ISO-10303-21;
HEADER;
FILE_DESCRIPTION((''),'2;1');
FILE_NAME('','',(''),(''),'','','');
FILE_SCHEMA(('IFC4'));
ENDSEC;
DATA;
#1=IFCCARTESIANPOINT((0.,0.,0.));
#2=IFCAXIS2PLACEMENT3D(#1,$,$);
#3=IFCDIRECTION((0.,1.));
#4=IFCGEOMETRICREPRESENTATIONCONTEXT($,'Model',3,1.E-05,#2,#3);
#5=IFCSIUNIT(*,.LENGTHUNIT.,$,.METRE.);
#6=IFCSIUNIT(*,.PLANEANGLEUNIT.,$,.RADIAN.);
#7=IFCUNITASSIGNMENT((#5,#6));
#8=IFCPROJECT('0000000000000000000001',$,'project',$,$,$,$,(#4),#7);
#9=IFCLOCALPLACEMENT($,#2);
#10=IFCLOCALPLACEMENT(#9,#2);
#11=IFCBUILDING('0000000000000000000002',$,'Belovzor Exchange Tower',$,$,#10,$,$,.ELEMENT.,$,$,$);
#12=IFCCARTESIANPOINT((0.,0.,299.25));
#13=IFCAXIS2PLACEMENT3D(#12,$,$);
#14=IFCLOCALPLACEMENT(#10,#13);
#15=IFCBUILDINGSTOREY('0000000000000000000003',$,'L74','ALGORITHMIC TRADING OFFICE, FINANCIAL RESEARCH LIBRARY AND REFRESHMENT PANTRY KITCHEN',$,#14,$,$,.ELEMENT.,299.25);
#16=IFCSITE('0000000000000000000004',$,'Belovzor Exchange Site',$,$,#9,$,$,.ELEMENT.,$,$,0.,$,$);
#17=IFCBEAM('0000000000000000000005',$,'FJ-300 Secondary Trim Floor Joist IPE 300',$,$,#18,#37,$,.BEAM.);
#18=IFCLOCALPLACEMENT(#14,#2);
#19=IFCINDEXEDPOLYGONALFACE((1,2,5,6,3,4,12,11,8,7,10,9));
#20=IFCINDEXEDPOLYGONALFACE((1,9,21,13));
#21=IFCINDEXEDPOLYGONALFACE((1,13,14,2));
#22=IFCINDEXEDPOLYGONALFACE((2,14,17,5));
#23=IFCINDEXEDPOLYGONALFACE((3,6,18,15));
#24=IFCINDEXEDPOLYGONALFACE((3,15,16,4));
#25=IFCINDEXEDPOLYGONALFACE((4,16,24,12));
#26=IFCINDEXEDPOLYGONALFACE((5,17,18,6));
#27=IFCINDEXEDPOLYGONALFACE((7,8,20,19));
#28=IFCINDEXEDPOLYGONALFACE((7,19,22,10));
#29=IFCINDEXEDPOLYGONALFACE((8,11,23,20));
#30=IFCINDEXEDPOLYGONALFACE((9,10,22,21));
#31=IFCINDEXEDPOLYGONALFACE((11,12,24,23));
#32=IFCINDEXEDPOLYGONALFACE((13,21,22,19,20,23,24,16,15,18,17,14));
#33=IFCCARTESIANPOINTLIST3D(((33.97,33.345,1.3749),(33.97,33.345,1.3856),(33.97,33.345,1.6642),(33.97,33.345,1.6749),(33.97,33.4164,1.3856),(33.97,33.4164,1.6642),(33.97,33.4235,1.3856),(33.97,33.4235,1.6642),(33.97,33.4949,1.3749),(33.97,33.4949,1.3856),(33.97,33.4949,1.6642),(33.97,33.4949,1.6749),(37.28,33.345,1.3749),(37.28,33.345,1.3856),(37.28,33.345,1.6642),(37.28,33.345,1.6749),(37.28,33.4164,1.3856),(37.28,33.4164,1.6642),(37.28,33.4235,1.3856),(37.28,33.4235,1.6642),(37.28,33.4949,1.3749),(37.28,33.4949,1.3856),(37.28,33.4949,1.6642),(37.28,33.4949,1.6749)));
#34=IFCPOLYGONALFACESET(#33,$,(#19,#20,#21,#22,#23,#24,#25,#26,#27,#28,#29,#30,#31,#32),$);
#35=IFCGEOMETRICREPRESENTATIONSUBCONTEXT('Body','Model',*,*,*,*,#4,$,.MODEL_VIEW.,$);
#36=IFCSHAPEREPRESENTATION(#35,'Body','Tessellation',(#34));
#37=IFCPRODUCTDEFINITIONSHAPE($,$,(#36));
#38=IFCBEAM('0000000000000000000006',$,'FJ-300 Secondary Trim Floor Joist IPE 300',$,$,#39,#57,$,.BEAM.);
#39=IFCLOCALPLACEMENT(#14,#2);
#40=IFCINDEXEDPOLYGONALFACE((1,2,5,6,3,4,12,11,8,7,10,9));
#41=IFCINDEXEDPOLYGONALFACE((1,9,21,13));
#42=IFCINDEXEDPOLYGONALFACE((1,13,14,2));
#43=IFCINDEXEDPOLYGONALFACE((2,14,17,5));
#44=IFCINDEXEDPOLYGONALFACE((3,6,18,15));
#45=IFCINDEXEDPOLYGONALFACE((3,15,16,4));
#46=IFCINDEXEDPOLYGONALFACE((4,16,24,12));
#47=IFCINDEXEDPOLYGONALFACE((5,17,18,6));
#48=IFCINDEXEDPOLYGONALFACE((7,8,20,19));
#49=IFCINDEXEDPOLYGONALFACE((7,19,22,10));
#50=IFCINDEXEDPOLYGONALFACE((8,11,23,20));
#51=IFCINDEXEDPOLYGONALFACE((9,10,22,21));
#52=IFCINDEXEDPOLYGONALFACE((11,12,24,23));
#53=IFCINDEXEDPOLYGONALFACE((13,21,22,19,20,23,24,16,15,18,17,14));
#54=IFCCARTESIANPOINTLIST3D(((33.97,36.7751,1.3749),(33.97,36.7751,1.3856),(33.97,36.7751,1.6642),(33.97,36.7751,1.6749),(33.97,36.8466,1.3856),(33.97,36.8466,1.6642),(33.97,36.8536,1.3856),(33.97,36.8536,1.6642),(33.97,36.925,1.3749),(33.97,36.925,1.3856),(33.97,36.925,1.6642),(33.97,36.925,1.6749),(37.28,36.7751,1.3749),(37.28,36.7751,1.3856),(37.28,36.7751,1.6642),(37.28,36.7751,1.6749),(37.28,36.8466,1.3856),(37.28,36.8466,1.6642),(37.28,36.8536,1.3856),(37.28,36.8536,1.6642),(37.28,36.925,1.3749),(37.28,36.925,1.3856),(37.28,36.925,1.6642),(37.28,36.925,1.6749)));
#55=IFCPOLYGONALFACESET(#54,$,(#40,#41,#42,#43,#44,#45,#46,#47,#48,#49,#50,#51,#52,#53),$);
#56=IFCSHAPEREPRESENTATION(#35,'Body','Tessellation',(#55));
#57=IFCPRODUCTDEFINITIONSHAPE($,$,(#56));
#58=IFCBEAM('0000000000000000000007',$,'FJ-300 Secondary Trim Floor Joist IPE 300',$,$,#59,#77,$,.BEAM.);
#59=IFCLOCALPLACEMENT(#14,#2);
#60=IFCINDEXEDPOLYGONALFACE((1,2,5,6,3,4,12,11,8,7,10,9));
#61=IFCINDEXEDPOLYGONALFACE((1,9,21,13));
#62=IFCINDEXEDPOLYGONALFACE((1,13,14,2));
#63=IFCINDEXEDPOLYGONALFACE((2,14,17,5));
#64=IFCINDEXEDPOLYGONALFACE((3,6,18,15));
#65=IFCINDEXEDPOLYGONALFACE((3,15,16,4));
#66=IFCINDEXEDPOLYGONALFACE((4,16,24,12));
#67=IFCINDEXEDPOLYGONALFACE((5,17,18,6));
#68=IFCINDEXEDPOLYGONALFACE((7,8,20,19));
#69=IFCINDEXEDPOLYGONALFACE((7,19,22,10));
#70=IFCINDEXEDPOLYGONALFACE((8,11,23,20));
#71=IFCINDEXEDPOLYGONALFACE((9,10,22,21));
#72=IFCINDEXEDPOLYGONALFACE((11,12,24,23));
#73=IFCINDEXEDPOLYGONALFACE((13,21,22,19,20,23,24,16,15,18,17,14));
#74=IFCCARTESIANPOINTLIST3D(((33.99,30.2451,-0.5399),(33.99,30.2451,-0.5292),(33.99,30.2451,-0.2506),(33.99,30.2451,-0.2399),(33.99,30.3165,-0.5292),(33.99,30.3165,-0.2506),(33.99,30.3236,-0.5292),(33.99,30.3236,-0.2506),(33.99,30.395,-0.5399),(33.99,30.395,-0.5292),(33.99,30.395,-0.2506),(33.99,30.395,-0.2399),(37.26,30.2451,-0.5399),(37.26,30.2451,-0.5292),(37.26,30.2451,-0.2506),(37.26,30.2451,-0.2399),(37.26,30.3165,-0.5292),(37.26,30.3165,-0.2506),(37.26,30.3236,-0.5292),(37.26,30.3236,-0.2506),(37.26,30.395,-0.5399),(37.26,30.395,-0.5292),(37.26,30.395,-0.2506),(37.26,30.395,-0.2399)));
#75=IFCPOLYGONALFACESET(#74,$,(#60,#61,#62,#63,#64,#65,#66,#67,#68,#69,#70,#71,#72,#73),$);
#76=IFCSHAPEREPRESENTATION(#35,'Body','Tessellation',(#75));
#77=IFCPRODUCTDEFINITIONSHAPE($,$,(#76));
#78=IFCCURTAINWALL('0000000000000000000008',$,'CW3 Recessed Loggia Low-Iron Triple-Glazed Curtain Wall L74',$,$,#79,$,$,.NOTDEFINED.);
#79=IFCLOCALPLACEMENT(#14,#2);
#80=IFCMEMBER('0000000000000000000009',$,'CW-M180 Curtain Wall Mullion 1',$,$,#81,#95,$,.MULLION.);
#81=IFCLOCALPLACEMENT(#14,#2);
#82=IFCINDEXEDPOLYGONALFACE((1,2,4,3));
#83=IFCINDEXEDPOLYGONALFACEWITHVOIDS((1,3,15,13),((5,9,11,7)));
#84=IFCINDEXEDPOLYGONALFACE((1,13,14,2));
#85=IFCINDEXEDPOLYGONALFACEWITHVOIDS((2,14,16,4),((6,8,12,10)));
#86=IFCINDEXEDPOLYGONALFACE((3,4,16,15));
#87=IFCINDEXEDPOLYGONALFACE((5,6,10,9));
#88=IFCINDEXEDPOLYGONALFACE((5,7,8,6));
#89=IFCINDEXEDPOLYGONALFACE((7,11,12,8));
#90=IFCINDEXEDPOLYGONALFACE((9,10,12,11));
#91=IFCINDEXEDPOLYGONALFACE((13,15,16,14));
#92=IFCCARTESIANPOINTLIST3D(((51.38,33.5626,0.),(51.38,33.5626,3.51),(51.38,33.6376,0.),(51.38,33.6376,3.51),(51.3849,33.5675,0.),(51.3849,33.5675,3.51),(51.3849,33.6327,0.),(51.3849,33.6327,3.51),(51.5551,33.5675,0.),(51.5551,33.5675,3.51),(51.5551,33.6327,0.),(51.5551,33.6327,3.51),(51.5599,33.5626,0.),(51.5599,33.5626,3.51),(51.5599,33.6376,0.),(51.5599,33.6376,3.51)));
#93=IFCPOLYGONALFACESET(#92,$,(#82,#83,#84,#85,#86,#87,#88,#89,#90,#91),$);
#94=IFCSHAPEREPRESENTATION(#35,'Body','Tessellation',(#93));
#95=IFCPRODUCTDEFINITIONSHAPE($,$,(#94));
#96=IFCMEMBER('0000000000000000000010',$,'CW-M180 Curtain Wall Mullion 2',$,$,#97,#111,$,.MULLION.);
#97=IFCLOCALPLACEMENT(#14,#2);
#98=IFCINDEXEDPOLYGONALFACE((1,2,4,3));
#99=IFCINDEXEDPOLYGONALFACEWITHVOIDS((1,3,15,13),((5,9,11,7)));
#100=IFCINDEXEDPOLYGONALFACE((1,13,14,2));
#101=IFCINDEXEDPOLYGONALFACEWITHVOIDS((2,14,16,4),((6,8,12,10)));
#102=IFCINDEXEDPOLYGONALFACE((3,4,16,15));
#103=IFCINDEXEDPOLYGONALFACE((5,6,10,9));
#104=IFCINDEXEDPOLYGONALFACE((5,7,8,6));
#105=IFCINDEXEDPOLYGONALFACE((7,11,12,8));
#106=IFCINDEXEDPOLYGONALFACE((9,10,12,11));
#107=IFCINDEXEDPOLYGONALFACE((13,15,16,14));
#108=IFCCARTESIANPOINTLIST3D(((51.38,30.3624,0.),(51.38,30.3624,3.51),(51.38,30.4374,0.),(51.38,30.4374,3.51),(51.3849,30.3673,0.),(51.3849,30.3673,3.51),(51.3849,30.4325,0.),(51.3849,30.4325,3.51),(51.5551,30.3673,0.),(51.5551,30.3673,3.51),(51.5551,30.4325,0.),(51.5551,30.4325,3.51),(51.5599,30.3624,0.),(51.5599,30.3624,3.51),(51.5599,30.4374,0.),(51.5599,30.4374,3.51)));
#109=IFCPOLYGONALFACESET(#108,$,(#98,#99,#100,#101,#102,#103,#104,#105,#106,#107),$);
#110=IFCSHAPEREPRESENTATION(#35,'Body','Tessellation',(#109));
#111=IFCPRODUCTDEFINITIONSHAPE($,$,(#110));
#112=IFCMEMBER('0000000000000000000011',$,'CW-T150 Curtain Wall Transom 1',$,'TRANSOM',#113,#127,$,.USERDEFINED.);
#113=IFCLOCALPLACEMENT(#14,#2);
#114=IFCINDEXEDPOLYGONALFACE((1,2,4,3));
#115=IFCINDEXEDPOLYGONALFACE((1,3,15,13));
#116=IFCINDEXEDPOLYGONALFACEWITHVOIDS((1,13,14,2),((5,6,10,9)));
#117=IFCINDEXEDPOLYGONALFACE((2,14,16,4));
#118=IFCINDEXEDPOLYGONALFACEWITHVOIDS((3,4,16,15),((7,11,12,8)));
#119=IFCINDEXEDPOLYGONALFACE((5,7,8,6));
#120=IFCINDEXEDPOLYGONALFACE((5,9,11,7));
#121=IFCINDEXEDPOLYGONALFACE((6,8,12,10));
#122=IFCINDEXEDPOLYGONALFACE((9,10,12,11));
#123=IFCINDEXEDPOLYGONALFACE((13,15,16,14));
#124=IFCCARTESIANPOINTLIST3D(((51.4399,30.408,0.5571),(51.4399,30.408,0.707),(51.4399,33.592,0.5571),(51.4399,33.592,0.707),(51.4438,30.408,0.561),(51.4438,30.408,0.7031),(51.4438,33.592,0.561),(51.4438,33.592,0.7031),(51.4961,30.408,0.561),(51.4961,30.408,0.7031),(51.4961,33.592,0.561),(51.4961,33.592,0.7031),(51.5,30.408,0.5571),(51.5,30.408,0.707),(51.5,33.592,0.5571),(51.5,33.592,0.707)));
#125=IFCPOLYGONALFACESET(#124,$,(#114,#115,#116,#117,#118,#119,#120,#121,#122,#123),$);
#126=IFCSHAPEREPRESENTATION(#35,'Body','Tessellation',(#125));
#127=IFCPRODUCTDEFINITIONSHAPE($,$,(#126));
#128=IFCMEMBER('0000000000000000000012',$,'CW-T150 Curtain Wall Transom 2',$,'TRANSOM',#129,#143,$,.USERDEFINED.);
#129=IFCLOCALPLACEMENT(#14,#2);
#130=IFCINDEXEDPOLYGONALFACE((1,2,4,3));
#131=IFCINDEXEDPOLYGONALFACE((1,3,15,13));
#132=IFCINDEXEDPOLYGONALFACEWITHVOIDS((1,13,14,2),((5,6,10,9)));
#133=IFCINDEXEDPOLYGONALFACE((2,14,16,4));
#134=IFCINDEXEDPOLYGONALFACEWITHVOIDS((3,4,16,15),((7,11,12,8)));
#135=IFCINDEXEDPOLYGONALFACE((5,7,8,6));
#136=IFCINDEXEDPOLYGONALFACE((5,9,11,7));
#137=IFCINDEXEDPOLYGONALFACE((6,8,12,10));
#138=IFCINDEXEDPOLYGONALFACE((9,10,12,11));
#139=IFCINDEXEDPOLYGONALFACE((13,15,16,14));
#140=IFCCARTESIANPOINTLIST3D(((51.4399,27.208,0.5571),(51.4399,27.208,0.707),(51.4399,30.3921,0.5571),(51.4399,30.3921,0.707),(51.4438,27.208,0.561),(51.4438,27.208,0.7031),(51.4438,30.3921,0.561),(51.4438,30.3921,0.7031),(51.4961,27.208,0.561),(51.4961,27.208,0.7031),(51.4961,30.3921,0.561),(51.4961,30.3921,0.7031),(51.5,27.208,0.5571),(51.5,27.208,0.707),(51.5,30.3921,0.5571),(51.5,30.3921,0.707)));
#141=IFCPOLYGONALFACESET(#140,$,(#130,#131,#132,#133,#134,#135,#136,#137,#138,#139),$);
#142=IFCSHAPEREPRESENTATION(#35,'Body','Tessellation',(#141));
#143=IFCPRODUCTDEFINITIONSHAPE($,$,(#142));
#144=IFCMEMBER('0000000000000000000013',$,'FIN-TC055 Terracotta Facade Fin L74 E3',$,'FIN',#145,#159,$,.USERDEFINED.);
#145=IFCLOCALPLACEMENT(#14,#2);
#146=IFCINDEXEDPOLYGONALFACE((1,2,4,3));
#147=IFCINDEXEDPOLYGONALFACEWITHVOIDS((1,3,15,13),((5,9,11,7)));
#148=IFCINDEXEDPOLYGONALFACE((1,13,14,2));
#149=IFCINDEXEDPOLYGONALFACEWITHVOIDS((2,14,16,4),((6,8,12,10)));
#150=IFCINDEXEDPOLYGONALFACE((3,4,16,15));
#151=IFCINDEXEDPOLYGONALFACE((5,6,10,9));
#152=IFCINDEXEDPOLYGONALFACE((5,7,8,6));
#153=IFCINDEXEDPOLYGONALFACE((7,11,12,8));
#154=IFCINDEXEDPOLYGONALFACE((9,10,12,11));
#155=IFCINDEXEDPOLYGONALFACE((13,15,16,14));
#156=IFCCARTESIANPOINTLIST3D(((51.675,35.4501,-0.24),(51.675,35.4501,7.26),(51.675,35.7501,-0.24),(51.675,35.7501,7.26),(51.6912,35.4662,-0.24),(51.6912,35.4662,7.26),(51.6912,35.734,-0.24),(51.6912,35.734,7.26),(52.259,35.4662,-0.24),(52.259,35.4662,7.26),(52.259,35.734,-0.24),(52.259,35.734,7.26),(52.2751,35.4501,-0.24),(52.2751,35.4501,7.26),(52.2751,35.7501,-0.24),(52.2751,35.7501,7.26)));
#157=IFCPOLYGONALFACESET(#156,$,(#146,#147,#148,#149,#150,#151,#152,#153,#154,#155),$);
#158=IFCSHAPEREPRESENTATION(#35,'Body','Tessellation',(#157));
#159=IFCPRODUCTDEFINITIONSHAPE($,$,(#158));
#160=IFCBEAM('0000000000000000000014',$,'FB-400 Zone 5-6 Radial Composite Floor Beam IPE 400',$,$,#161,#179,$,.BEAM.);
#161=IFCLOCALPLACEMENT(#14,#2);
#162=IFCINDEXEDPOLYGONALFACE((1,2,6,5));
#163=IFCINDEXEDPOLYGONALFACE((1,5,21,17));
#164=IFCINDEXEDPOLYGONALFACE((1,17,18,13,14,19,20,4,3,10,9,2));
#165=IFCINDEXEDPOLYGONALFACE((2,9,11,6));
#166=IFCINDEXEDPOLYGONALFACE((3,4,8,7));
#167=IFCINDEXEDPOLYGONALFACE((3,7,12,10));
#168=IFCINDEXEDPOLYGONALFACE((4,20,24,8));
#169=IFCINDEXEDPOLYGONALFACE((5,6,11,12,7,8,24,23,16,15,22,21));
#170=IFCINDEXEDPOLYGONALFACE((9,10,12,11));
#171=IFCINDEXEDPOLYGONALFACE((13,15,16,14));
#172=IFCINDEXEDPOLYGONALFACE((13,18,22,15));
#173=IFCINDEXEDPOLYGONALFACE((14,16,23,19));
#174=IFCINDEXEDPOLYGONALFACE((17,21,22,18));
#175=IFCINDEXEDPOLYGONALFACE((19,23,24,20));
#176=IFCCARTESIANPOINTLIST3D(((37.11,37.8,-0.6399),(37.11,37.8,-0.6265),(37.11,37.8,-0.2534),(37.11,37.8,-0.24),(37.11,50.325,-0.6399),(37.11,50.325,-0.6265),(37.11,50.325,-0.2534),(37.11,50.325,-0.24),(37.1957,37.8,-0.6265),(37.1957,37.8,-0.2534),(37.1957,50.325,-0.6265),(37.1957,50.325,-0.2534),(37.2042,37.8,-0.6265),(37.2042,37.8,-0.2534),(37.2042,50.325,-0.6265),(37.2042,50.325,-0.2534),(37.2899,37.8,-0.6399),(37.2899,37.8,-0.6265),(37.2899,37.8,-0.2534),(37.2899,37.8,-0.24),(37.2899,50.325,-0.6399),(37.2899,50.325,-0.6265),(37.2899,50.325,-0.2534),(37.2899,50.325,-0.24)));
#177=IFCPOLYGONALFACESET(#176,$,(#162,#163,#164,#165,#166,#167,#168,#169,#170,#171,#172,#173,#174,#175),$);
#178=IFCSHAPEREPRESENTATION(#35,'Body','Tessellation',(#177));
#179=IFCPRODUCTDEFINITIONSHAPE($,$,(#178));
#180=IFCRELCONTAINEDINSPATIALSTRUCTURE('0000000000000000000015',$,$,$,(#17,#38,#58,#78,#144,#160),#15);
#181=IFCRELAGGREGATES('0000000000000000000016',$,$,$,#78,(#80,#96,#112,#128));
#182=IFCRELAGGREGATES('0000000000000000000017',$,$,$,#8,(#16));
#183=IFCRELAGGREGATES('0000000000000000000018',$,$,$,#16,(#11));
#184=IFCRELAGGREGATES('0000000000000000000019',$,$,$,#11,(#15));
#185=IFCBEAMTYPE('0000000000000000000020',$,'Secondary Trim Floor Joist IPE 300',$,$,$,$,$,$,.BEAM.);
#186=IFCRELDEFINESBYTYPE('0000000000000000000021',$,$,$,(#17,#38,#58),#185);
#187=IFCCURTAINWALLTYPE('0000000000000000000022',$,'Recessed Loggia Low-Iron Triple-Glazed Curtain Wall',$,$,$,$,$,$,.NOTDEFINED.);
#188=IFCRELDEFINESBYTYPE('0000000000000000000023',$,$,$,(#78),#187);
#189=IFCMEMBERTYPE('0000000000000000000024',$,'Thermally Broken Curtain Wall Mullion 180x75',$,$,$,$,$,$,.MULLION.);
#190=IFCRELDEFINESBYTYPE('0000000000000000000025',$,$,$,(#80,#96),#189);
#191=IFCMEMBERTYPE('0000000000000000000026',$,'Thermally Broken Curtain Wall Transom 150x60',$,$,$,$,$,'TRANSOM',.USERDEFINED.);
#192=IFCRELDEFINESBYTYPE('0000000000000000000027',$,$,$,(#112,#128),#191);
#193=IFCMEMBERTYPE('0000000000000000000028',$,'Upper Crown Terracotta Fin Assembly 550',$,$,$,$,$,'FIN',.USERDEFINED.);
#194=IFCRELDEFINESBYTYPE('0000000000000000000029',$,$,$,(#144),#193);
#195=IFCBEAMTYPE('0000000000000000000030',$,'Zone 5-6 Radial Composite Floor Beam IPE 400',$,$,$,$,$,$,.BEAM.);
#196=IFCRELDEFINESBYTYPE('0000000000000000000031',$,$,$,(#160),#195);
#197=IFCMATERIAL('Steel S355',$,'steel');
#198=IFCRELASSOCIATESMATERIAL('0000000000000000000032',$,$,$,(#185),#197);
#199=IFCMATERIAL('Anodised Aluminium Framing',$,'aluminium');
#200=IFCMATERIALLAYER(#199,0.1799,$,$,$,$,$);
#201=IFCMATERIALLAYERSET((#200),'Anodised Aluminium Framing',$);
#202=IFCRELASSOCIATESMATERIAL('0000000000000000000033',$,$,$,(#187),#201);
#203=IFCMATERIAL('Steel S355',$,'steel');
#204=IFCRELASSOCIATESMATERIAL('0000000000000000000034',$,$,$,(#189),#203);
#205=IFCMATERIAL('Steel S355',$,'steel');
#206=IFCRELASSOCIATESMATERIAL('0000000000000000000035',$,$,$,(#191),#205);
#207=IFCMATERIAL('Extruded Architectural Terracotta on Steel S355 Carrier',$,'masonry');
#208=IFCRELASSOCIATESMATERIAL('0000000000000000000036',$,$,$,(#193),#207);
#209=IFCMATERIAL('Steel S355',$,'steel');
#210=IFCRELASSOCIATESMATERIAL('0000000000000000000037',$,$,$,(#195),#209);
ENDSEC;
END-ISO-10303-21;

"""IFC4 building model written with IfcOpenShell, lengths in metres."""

from ifc_helpers import new_model, si_unit, direction, frame, origin, origin_2d, place, context, subcontext, project, spatial, hollow_rectangle, i_section, extrude, material, layer, layer_set, material_profile, profile_set, type_object, element, aggregate, save


model = new_model("IFC4")

# Units and contexts
model_context = context("Model", 3, precision=1e-05, world=origin(), true_north=direction((0.0, 1.0)))
body_context = subcontext(model_context, "Body", "Model", "MODEL_VIEW")
ifc_project = project(units=[si_unit("LENGTHUNIT", "METRE"), si_unit("PLANEANGLEUNIT", "RADIAN")], contexts=[model_context])

# Site, building, storey
site_placement = place(None, origin())
site = spatial("IfcSite", under=ifc_project, at=site_placement, Name="Belovzor Exchange Site", CompositionType="ELEMENT", RefElevation=0.0)
building_placement = place(site_placement, origin())
building = spatial("IfcBuilding", under=site, at=building_placement, Name="Belovzor Exchange Tower", CompositionType="ELEMENT")
storey_placement = place(building_placement, frame((0.0, 0.0, 299.25)))
storey = spatial("IfcBuildingStorey", under=building, at=storey_placement, Name="L74", Description="ALGORITHMIC TRADING OFFICE, FINANCIAL RESEARCH LIBRARY AND REFRESHMENT PANTRY KITCHEN", CompositionType="ELEMENT", Elevation=299.25)

# Beams
ifc_material_1 = material(Name="Steel S355", Category="steel")
ifc_material_profile_1 = material_profile(ifc_material_1, i_section(OverallWidth=0.1499, OverallDepth=0.3, WebThickness=0.0071, FlangeThickness=0.0107, at=origin_2d()))
ifc_profile_set_1 = profile_set([ifc_material_profile_1], Name="Steel S355")
beam_type_1 = type_object("IfcBeamType", Name="Secondary Trim Floor Joist IPE 300", PredefinedType="BEAM", material=ifc_profile_set_1)
for number, where, z_axis, x_axis, name in (
    (1, (37.28, 33.4199, 1.5249), (-1.0, 0.0, 0.0), (0.0, -1.0, 0.0), "FJ-300 Secondary Trim Floor Joist IPE 300"),
    (2, (37.28, 36.8501, 1.5249), (-1.0, 0.0, 0.0), (0.0, -1.0, 0.0), "FJ-300 Secondary Trim Floor Joist IPE 300"),
):
    element("IfcBeam", number, at=place(storey_placement, frame(where, z_axis=z_axis, x_axis=x_axis)), inside=storey, type_object=beam_type_1, Name=name, PredefinedType="BEAM", context=body_context, shape_type="SweptSolid", body=[
        extrude(i_section(OverallWidth=0.1499, OverallDepth=0.3, WebThickness=0.0071, FlangeThickness=0.0107, at=origin_2d()), origin(), (0.0, 0.0, 1.0), 3.3101),
    ])
beam_1_placement = place(storey_placement, frame((37.26, 30.3201, -0.3899), z_axis=(-1.0, 0.0, 0.0), x_axis=(0.0, -1.0, 0.0)))
element("IfcBeam", 3, at=beam_1_placement, inside=storey, type_object=beam_type_1, Name="FJ-300 Secondary Trim Floor Joist IPE 300", PredefinedType="BEAM", context=body_context, shape_type="SweptSolid", body=[
    extrude(i_section(OverallWidth=0.1499, OverallDepth=0.3, WebThickness=0.0071, FlangeThickness=0.0107, at=origin_2d()), origin(), (0.0, 0.0, 1.0), 3.27),
])

# Curtain wall, members
ifc_material_2 = material(Name="Anodised Aluminium Framing", Category="aluminium")
ifc_layer_1 = layer(ifc_material_2, 0.1799)
ifc_layer_set_1 = layer_set([ifc_layer_1], Name="Anodised Aluminium Framing")
curtain_wall_type = type_object("IfcCurtainWallType", Name="Recessed Loggia Low-Iron Triple-Glazed Curtain Wall", PredefinedType="NOTDEFINED", material=ifc_layer_set_1)
curtain_wall_placement = place(storey_placement, origin())
curtain_wall = element("IfcCurtainWall", 4, at=curtain_wall_placement, inside=storey, type_object=curtain_wall_type, Name="CW3 Recessed Loggia Low-Iron Triple-Glazed Curtain Wall L74", PredefinedType="NOTDEFINED")
ifc_material_3 = material(Name="Steel S355", Category="steel")
ifc_material_profile_2 = material_profile(ifc_material_3, hollow_rectangle(XDim=0.075, YDim=0.1799, WallThickness=0.0049, at=origin_2d()))
ifc_profile_set_2 = profile_set([ifc_material_profile_2], Name="Steel S355")
member_type_1 = type_object("IfcMemberType", Name="Thermally Broken Curtain Wall Mullion 180x75", PredefinedType="MULLION", material=ifc_profile_set_2)
member_1_placement = place(storey_placement, frame((51.47, 33.6001, 0.0), z_axis=(0.0, 0.0, 1.0), x_axis=(0.0, -1.0, 0.0)))
member_1 = element("IfcMember", 5, at=member_1_placement, type_object=member_type_1, Name="CW-M180 Curtain Wall Mullion 1", PredefinedType="MULLION", context=body_context, shape_type="SweptSolid", body=[
    extrude(hollow_rectangle(XDim=0.075, YDim=0.1799, WallThickness=0.0049, at=origin_2d()), origin(), (0.0, 0.0, 1.0), 3.51),
])
member_2_placement = place(storey_placement, frame((51.47, 30.3999, 0.0), z_axis=(0.0, 0.0, 1.0), x_axis=(0.0, -1.0, 0.0)))
member_2 = element("IfcMember", 6, at=member_2_placement, type_object=member_type_1, Name="CW-M180 Curtain Wall Mullion 2", PredefinedType="MULLION", context=body_context, shape_type="SweptSolid", body=[
    extrude(hollow_rectangle(XDim=0.075, YDim=0.1799, WallThickness=0.0049, at=origin_2d()), origin(), (0.0, 0.0, 1.0), 3.51),
])
ifc_material_4 = material(Name="Steel S355", Category="steel")
ifc_material_profile_3 = material_profile(ifc_material_4, hollow_rectangle(XDim=0.0601, YDim=0.1499, WallThickness=0.0039, at=origin_2d()))
ifc_profile_set_3 = profile_set([ifc_material_profile_3], Name="Steel S355")
member_type_2 = type_object("IfcMemberType", Name="Thermally Broken Curtain Wall Transom 150x60", ElementType="TRANSOM", PredefinedType="USERDEFINED", material=ifc_profile_set_3)
member_3_placement = place(storey_placement, frame((51.47, 33.592, 0.6321), z_axis=(0.0, -1.0, 0.0), x_axis=(1.0, 0.0, 0.0)))
member_3 = element("IfcMember", 7, at=member_3_placement, type_object=member_type_2, Name="CW-T150 Curtain Wall Transom 1", ObjectType="TRANSOM", PredefinedType="USERDEFINED", context=body_context, shape_type="SweptSolid", body=[
    extrude(hollow_rectangle(XDim=0.0601, YDim=0.1499, WallThickness=0.0039, at=origin_2d()), origin(), (0.0, 0.0, 1.0), 3.1841),
])
member_4_placement = place(storey_placement, frame((51.47, 30.3921, 0.6321), z_axis=(0.0, -1.0, 0.0), x_axis=(1.0, 0.0, 0.0)))
member_4 = element("IfcMember", 8, at=member_4_placement, type_object=member_type_2, Name="CW-T150 Curtain Wall Transom 2", ObjectType="TRANSOM", PredefinedType="USERDEFINED", context=body_context, shape_type="SweptSolid", body=[
    extrude(hollow_rectangle(XDim=0.0601, YDim=0.1499, WallThickness=0.0039, at=origin_2d()), origin(), (0.0, 0.0, 1.0), 3.1841),
])

# Member
ifc_material_5 = material(Name="Extruded Architectural Terracotta on Steel S355 Carrier", Category="masonry")
ifc_material_profile_4 = material_profile(ifc_material_5, hollow_rectangle(XDim=0.3, YDim=0.6001, WallThickness=0.0161, at=origin_2d()))
ifc_profile_set_4 = profile_set([ifc_material_profile_4], Name="Extruded Architectural Terracotta on Steel S355 Carrier")
member_type_3 = type_object("IfcMemberType", Name="Upper Crown Terracotta Fin Assembly 550", ElementType="FIN", PredefinedType="USERDEFINED", material=ifc_profile_set_4)
member_5_placement = place(storey_placement, frame((51.9751, 35.6001, -0.24), z_axis=(0.0, 0.0, 1.0), x_axis=(0.0, 1.0, 0.0)))
element("IfcMember", 9, at=member_5_placement, inside=storey, type_object=member_type_3, Name="FIN-TC055 Terracotta Facade Fin L74 E3", ObjectType="FIN", PredefinedType="USERDEFINED", context=body_context, shape_type="SweptSolid", body=[
    extrude(hollow_rectangle(XDim=0.3, YDim=0.6001, WallThickness=0.0161, at=origin_2d()), origin(), (0.0, 0.0, 1.0), 7.5),
])

# Beam
ifc_material_6 = material(Name="Steel S355", Category="steel")
ifc_material_profile_5 = material_profile(ifc_material_6, i_section(OverallWidth=0.1799, OverallDepth=0.3999, WebThickness=0.0085, FlangeThickness=0.0134, at=origin_2d()))
ifc_profile_set_5 = profile_set([ifc_material_profile_5], Name="Steel S355")
beam_type_2 = type_object("IfcBeamType", Name="Zone 5-6 Radial Composite Floor Beam IPE 400", PredefinedType="BEAM", material=ifc_profile_set_5)
for number, where, z_axis, x_axis, name in (
    (10, (37.2, 37.8, -0.4399), (0.0, 1.0, 0.0), (-1.0, 0.0, 0.0), "FB-400 Zone 5-6 Radial Composite Floor Beam IPE 400"),
):
    element("IfcBeam", number, at=place(storey_placement, frame(where, z_axis=z_axis, x_axis=x_axis)), inside=storey, type_object=beam_type_2, Name=name, PredefinedType="BEAM", context=body_context, shape_type="SweptSolid", body=[
        extrude(i_section(OverallWidth=0.1799, OverallDepth=0.3999, WebThickness=0.0085, FlangeThickness=0.0134, at=origin_2d()), origin(), (0.0, 0.0, 1.0), 12.5249),
    ])

aggregate(curtain_wall, [member_1, member_2, member_3, member_4])

save(model, "model.ifc")
